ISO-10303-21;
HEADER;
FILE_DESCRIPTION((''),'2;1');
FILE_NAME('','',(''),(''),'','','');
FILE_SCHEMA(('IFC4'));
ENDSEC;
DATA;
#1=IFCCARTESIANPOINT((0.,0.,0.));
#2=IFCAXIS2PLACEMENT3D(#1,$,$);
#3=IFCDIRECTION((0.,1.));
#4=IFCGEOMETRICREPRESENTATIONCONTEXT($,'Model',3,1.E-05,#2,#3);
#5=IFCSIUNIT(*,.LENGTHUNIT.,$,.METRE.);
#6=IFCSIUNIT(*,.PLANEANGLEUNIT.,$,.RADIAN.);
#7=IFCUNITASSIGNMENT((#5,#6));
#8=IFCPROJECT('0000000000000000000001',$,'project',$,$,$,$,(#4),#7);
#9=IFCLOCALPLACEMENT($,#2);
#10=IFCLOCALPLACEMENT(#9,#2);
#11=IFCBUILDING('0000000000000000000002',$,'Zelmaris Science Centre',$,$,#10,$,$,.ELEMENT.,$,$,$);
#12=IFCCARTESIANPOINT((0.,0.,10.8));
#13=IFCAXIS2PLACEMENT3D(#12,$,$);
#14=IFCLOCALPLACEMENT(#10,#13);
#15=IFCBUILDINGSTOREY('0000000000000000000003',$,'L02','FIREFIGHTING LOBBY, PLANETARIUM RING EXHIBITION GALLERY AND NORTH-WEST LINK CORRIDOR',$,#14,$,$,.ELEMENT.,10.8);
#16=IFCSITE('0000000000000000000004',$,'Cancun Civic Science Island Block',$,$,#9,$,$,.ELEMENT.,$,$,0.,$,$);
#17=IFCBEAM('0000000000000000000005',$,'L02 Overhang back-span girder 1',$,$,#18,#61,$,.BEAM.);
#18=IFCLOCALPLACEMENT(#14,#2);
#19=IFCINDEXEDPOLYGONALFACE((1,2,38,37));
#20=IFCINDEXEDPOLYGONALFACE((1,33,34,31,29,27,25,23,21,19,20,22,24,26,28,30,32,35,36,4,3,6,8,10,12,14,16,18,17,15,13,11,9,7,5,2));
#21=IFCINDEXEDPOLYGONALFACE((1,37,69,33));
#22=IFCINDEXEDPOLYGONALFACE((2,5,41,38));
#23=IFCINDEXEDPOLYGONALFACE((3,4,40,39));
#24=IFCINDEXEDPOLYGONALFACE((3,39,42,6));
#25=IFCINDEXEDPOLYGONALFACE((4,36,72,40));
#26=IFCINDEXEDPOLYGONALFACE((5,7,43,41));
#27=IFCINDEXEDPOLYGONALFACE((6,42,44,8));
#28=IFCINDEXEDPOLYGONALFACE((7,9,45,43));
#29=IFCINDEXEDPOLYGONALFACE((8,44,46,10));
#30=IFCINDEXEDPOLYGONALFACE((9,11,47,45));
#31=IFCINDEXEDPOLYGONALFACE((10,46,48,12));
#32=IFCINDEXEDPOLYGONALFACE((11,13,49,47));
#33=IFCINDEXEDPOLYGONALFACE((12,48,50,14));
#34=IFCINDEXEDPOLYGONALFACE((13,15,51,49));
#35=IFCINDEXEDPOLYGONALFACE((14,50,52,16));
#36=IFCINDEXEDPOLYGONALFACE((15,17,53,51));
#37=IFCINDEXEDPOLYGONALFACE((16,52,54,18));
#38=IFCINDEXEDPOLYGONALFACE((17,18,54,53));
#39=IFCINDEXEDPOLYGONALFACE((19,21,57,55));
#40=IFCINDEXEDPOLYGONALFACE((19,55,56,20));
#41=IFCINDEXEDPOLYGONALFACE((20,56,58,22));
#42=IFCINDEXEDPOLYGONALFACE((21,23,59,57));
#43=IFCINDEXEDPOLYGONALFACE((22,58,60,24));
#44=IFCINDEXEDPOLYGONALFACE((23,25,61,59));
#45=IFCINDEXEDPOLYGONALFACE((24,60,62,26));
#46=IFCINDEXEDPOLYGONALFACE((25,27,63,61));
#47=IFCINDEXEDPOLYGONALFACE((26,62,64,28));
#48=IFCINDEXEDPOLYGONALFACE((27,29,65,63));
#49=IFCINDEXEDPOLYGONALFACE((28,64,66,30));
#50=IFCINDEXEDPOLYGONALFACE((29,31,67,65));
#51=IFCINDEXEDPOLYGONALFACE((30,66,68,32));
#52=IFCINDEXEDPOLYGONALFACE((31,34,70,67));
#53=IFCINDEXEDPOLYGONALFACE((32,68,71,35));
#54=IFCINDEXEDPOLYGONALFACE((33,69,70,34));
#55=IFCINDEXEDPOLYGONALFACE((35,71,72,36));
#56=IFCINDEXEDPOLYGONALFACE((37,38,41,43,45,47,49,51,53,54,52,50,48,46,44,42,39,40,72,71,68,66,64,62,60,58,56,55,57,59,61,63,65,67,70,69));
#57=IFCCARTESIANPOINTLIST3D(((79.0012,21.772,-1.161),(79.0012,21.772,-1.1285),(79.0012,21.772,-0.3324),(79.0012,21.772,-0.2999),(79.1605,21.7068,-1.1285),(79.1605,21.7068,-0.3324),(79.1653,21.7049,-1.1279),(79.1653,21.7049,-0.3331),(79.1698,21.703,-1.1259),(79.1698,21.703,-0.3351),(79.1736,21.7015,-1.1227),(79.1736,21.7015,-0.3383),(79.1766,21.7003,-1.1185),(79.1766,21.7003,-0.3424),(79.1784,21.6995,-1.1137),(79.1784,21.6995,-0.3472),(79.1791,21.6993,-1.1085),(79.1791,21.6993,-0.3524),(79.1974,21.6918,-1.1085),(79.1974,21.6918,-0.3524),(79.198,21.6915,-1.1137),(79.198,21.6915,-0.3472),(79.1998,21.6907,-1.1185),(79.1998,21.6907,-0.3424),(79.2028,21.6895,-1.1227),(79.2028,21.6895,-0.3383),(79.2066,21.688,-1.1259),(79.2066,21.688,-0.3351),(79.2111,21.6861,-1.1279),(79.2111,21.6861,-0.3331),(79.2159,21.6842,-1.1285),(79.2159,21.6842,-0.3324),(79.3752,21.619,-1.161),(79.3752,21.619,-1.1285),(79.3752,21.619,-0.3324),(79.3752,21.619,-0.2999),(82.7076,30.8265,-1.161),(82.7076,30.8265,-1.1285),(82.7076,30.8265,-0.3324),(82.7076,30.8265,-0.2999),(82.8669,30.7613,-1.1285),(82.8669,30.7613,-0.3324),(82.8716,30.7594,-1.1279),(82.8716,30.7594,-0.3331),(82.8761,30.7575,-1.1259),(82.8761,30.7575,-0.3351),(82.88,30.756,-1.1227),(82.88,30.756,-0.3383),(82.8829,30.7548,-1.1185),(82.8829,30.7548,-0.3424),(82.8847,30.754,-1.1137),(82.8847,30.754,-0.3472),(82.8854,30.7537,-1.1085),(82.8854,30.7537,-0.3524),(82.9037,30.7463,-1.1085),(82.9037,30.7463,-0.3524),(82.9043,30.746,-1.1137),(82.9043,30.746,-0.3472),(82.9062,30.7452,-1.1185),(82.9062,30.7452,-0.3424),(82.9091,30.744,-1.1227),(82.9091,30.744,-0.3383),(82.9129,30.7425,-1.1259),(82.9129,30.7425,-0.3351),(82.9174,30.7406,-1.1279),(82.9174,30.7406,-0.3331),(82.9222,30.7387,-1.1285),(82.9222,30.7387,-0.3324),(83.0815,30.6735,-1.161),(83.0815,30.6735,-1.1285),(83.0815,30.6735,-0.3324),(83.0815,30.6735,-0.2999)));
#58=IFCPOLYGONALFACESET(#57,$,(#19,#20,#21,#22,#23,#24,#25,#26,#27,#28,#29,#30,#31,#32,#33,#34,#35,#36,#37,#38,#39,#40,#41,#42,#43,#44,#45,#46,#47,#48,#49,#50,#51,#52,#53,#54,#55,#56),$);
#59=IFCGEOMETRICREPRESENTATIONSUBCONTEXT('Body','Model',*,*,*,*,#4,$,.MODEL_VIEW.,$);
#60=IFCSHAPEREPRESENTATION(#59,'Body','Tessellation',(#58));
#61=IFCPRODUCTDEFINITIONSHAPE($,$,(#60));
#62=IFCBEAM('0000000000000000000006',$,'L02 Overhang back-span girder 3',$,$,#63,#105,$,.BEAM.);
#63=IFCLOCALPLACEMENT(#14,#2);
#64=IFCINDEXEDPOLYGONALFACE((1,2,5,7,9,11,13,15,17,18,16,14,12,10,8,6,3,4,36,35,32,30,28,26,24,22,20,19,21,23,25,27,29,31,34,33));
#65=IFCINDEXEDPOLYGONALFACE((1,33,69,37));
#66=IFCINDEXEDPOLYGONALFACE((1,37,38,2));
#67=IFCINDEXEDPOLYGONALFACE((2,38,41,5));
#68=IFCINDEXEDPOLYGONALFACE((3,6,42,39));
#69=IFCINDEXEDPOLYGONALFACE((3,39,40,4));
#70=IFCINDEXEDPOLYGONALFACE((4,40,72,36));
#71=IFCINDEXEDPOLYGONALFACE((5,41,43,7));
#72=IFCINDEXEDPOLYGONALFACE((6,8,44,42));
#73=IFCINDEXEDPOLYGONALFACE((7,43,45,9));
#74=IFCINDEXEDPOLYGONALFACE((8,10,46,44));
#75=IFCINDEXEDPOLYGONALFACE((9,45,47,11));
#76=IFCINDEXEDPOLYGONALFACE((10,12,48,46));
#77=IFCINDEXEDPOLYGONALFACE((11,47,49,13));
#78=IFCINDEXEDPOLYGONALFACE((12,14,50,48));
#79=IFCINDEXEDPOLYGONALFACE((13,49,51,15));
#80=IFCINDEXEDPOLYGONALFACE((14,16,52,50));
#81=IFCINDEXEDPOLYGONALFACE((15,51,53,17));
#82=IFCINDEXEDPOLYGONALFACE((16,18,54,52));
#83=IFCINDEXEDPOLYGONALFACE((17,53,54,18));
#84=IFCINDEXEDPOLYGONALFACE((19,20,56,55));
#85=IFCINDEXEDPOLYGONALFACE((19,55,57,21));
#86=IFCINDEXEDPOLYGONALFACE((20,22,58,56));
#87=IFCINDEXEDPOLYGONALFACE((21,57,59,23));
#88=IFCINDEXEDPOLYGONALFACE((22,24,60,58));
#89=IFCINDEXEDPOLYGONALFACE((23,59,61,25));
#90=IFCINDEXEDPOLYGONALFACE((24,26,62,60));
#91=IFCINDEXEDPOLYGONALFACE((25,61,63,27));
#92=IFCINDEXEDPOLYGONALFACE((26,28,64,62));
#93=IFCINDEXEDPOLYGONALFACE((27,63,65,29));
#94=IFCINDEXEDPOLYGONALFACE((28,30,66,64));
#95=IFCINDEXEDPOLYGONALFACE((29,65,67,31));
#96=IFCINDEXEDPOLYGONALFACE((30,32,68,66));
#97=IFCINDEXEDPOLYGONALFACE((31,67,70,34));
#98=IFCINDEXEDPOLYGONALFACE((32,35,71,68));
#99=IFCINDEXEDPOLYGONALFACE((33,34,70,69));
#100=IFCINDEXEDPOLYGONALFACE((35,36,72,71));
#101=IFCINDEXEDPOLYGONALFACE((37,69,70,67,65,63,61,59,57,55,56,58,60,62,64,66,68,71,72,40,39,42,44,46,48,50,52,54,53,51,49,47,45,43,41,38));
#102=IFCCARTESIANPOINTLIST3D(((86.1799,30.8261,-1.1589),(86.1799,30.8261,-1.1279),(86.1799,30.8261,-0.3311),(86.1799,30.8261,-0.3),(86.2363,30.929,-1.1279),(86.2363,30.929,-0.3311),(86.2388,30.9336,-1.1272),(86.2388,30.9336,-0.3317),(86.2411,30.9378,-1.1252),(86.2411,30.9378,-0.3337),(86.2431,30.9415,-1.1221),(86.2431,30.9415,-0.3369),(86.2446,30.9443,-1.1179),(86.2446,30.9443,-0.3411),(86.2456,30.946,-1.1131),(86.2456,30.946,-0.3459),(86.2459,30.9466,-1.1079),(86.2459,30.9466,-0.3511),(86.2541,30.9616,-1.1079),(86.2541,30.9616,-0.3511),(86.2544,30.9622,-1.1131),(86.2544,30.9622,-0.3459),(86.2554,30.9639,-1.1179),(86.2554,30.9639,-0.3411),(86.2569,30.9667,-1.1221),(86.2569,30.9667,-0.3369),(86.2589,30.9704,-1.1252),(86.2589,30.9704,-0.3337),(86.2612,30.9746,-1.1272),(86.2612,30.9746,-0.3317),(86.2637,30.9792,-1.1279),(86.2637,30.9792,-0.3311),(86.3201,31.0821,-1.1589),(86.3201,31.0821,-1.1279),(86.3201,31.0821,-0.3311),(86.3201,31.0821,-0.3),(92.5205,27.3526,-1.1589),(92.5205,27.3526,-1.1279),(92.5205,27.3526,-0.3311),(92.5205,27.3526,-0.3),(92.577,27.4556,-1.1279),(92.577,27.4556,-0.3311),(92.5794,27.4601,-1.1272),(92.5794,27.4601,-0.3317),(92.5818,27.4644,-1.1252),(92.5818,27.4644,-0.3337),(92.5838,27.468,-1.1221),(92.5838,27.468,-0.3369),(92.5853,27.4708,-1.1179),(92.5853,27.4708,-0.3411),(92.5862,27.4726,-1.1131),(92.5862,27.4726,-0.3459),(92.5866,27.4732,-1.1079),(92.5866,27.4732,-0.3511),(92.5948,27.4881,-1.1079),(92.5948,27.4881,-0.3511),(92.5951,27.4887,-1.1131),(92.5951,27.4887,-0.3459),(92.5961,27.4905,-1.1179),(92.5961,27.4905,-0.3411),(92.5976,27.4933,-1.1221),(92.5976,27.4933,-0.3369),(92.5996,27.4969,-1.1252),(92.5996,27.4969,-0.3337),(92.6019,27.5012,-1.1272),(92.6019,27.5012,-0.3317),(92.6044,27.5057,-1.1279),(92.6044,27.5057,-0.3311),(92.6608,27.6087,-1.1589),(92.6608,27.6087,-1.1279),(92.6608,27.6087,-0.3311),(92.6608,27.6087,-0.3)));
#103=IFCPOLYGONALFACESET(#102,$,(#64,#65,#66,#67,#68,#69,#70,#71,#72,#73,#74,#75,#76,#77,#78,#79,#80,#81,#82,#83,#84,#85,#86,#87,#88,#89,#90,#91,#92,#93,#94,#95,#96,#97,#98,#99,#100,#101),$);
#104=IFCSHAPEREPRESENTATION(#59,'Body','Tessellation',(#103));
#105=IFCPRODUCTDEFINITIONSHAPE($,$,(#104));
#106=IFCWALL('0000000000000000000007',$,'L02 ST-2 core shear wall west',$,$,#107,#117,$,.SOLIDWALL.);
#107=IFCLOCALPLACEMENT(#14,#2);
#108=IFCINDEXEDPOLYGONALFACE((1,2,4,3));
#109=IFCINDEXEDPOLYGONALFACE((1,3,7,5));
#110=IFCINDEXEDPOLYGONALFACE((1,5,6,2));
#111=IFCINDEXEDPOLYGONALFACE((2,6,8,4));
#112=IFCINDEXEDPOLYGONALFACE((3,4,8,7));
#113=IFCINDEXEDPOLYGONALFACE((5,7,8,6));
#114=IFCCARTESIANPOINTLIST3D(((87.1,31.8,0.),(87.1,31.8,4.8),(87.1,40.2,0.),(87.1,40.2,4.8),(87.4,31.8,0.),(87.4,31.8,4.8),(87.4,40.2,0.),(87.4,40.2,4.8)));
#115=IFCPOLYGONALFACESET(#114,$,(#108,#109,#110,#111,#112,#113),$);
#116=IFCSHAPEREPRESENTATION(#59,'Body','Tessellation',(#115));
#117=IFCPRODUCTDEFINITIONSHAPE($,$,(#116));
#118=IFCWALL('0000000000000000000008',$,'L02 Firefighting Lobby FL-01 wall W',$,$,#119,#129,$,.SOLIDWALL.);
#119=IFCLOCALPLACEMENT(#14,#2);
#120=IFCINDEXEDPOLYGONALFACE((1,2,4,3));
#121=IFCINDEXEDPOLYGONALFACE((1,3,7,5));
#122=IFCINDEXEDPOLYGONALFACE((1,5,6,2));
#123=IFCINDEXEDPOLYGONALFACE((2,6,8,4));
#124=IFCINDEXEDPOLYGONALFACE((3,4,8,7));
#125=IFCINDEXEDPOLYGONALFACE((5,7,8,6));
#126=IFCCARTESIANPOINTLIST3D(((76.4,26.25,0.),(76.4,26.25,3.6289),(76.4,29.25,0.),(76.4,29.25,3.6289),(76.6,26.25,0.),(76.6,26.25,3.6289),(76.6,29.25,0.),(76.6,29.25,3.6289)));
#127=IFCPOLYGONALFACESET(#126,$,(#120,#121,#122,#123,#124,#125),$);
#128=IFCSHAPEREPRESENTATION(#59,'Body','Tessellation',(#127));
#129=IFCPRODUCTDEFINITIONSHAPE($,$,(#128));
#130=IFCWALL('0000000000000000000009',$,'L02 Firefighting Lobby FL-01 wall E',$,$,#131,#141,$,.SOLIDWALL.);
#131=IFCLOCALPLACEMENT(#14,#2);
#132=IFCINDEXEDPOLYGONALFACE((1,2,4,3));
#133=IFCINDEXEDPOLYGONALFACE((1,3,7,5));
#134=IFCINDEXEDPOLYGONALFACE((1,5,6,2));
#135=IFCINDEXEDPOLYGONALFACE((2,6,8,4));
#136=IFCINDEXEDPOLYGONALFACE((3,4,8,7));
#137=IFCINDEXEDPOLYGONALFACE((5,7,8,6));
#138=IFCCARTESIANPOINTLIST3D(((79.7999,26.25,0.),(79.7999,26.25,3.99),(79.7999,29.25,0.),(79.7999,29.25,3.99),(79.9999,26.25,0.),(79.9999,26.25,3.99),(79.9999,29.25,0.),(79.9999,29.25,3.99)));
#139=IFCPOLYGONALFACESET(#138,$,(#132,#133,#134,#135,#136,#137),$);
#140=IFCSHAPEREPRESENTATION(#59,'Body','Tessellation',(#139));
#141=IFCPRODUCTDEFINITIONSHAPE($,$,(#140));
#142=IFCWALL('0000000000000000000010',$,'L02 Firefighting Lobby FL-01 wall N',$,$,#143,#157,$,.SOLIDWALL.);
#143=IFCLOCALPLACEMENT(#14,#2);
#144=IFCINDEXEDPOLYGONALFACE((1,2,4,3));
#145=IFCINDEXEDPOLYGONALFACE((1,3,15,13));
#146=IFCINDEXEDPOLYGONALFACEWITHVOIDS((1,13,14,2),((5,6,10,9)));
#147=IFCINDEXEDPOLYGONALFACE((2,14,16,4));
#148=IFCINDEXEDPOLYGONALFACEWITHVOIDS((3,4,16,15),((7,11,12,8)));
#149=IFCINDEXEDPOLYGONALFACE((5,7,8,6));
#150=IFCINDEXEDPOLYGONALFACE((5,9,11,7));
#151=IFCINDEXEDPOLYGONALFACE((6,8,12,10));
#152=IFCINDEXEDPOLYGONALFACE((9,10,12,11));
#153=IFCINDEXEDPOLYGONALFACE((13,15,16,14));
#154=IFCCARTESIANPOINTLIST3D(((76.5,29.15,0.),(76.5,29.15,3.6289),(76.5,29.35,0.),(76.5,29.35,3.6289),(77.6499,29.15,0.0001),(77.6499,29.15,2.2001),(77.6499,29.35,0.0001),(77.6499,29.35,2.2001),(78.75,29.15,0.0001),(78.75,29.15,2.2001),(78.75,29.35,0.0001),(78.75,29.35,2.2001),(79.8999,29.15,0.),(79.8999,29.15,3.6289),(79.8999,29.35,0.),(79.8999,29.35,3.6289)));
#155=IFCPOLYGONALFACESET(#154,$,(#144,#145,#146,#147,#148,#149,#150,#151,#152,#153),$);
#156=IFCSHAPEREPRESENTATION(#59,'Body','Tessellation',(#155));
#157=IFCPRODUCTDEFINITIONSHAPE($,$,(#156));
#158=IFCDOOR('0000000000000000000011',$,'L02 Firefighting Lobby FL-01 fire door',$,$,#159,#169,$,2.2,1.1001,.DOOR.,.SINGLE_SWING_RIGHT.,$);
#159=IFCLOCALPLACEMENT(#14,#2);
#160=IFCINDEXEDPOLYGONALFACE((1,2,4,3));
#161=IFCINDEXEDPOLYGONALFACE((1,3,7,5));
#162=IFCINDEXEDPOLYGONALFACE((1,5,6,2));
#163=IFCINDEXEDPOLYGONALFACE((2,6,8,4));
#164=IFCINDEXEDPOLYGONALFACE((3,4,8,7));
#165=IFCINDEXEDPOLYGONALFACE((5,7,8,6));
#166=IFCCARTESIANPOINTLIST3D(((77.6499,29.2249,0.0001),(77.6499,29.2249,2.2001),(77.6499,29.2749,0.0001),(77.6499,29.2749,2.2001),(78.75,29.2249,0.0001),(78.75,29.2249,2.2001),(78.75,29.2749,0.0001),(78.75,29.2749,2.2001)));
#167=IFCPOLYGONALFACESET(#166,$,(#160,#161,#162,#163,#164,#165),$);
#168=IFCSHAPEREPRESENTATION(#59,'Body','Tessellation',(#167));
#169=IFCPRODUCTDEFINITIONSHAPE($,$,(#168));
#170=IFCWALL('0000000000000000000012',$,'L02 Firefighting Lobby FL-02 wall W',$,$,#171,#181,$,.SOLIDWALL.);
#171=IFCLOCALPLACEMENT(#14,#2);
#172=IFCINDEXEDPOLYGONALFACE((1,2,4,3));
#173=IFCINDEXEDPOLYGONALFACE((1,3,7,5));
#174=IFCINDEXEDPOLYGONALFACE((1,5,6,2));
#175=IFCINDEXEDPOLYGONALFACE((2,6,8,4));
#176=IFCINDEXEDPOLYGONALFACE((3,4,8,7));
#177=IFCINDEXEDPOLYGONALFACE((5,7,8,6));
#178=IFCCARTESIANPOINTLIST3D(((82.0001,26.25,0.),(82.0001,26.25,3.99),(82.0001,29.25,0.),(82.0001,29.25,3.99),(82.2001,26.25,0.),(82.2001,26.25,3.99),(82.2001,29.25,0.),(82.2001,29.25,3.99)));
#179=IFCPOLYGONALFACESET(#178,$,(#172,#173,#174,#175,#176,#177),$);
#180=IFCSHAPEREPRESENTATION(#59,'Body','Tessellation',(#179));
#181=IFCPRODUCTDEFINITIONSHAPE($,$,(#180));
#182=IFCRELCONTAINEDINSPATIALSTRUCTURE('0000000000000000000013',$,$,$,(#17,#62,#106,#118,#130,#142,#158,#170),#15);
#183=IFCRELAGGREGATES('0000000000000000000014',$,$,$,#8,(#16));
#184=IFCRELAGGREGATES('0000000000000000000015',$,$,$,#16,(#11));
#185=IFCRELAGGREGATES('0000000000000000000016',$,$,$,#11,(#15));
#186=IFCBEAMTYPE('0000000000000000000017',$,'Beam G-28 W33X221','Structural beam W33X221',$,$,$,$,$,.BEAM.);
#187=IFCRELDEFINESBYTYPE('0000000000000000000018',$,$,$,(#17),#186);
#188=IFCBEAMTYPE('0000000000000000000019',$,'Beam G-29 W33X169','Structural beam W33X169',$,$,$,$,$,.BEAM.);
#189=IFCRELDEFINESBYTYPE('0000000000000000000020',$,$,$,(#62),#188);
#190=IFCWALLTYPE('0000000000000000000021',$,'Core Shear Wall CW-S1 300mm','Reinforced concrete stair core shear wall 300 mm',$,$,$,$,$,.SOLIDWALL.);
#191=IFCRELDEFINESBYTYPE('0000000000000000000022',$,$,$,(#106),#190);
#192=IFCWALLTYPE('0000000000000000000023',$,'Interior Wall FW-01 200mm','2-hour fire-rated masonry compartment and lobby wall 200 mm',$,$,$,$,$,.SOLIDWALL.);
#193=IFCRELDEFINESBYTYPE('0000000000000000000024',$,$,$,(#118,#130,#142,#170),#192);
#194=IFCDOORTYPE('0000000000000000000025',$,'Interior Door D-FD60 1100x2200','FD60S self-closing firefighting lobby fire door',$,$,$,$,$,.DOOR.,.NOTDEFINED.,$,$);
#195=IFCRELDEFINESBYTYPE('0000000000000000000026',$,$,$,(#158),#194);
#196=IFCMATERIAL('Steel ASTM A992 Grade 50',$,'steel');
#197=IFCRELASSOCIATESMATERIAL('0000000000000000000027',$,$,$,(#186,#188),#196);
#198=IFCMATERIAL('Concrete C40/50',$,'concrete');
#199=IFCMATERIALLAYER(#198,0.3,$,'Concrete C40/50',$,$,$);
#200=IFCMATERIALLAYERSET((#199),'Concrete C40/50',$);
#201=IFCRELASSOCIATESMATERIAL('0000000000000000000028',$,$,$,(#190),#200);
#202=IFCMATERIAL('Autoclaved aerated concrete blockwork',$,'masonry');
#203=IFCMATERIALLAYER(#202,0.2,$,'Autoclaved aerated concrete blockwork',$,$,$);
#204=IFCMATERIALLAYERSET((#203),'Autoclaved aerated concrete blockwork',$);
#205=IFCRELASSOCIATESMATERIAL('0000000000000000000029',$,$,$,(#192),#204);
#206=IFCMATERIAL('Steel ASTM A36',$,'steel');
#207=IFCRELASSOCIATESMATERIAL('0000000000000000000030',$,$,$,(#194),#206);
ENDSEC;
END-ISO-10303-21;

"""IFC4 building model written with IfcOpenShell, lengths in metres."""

from ifc_helpers import new_model, si_unit, direction, frame, frame_2d, origin, origin_2d, place, context, subcontext, project, spatial, rectangle, i_section, extrude, material, layer, layer_set, material_profile, profile_set, type_object, element, fill, save


model = new_model("IFC4")

# Units and contexts
model_context = context("Model", 3, precision=1e-05, world=origin(), true_north=direction((0.0, 1.0)))
body_context = subcontext(model_context, "Body", "Model", "MODEL_VIEW")
ifc_project = project(units=[si_unit("LENGTHUNIT", "METRE"), si_unit("PLANEANGLEUNIT", "RADIAN")], contexts=[model_context])

# Site, building, storey
site_placement = place(None, origin())
site = spatial("IfcSite", under=ifc_project, at=site_placement, Name="Cancun Civic Science Island Block", CompositionType="ELEMENT", RefElevation=0.0)
building_placement = place(site_placement, origin())
building = spatial("IfcBuilding", under=site, at=building_placement, Name="Zelmaris Science Centre", CompositionType="ELEMENT")
storey_placement = place(building_placement, frame((0.0, 0.0, 10.8)))
storey = spatial("IfcBuildingStorey", under=building, at=storey_placement, Name="L02", Description="FIREFIGHTING LOBBY, PLANETARIUM RING EXHIBITION GALLERY AND NORTH-WEST LINK CORRIDOR", CompositionType="ELEMENT", Elevation=10.8)

# Beams
ifc_material_1 = material(Name="Steel ASTM A992 Grade 50", Category="steel")
ifc_material_profile_1 = material_profile(ifc_material_1, i_section(OverallWidth=0.4041, OverallDepth=0.8611, WebThickness=0.0198, FlangeThickness=0.0325, FilletRadius=0.02, at=origin_2d()), Name="W33X221")
ifc_profile_set_1 = profile_set([ifc_material_profile_1], Name="Steel ASTM A992 Grade 50")
beam_type_1 = type_object("IfcBeamType", Name="Beam G-28 W33X221", Description="Structural beam W33X221", PredefinedType="BEAM", material=ifc_profile_set_1)
beam_1_placement = place(storey_placement, frame((82.8945, 30.75, -0.7305), z_axis=(-0.378826, -0.925468, 0.0), x_axis=(0.925468, -0.378826, 0.0)))
element("IfcBeam", 1, at=beam_1_placement, inside=storey, type_object=beam_type_1, Name="L02 Overhang back-span girder 1", PredefinedType="BEAM", context=body_context, shape_type="SweptSolid", body=[
    extrude(i_section(OverallWidth=0.4041, OverallDepth=0.8611, WebThickness=0.0198, FlangeThickness=0.0325, FilletRadius=0.02, at=origin_2d()), origin(), (0.0, 0.0, 1.0), 9.7837),
])
ifc_material_profile_2 = material_profile(ifc_material_1, i_section(OverallWidth=0.292, OverallDepth=0.8589, WebThickness=0.0171, FlangeThickness=0.031, FilletRadius=0.02, at=origin_2d()), Name="W33X169")
ifc_profile_set_2 = profile_set([ifc_material_profile_2], Name="Steel ASTM A992 Grade 50")
beam_type_2 = type_object("IfcBeamType", Name="Beam G-29 W33X169", Description="Structural beam W33X169", PredefinedType="BEAM", material=ifc_profile_set_2)
beam_2_placement = place(storey_placement, frame((86.25, 30.9541, -0.7295), z_axis=(0.877028, -0.480439, 0.0), x_axis=(0.480439, 0.877028, 0.0)))
element("IfcBeam", 2, at=beam_2_placement, inside=storey, type_object=beam_type_2, Name="L02 Overhang back-span girder 3", PredefinedType="BEAM", context=body_context, shape_type="SweptSolid", body=[
    extrude(i_section(OverallWidth=0.292, OverallDepth=0.8589, WebThickness=0.0171, FlangeThickness=0.031, FilletRadius=0.02, at=origin_2d()), origin(), (0.0, 0.0, 1.0), 7.2297),
])

# Walls
ifc_material_2 = material(Name="Concrete C40/50", Category="concrete")
ifc_layer_1 = layer(ifc_material_2, 0.3, Name="Concrete C40/50")
ifc_layer_set_1 = layer_set([ifc_layer_1], Name="Concrete C40/50")
wall_type_1 = type_object("IfcWallType", Name="Core Shear Wall CW-S1 300mm", Description="Reinforced concrete stair core shear wall 300 mm", PredefinedType="SOLIDWALL", material=ifc_layer_set_1)
wall_1_placement = place(storey_placement, frame((87.25, 31.8, 0.0), z_axis=(0.0, 0.0, 1.0), x_axis=(0.0, 1.0, 0.0)))
element("IfcWall", 3, at=wall_1_placement, inside=storey, type_object=wall_type_1, Name="L02 ST-2 core shear wall west", PredefinedType="SOLIDWALL", context=body_context, shape_type="SweptSolid", body=[
    extrude(rectangle(XDim=8.3999, YDim=0.3, at=frame_2d((4.2, 0.0))), origin(), (0.0, 0.0, 1.0), 4.8),
])
ifc_material_3 = material(Name="Autoclaved aerated concrete blockwork", Category="masonry")
ifc_layer_2 = layer(ifc_material_3, 0.2, Name="Autoclaved aerated concrete blockwork")
ifc_layer_set_2 = layer_set([ifc_layer_2], Name="Autoclaved aerated concrete blockwork")
wall_type_2 = type_object("IfcWallType", Name="Interior Wall FW-01 200mm", Description="2-hour fire-rated masonry compartment and lobby wall 200 mm", PredefinedType="SOLIDWALL", material=ifc_layer_set_2)
wall_2_placement = place(storey_placement, frame((76.5, 26.25, 0.0), z_axis=(0.0, 0.0, 1.0), x_axis=(0.0, 1.0, 0.0)))
element("IfcWall", 4, at=wall_2_placement, inside=storey, type_object=wall_type_2, Name="L02 Firefighting Lobby FL-01 wall W", PredefinedType="SOLIDWALL", context=body_context, shape_type="SweptSolid", body=[
    extrude(rectangle(XDim=3.0, YDim=0.2, at=frame_2d((1.5, 0.0))), origin(), (0.0, 0.0, 1.0), 3.6289),
])
wall_3_placement = place(storey_placement, frame((79.8999, 26.25, 0.0), z_axis=(0.0, 0.0, 1.0), x_axis=(0.0, 1.0, 0.0)))
element("IfcWall", 5, at=wall_3_placement, inside=storey, type_object=wall_type_2, Name="L02 Firefighting Lobby FL-01 wall E", PredefinedType="SOLIDWALL", context=body_context, shape_type="SweptSolid", body=[
    extrude(rectangle(XDim=3.0, YDim=0.2, at=frame_2d((1.5, 0.0))), origin(), (0.0, 0.0, 1.0), 3.99),
])

# Wall, opening, door
wall_4_placement = place(storey_placement, frame((76.5, 29.25, 0.0), z_axis=(0.0, 0.0, 1.0), x_axis=(1.0, 0.0, 0.0)))
wall_4 = element("IfcWall", 6, at=wall_4_placement, inside=storey, type_object=wall_type_2, Name="L02 Firefighting Lobby FL-01 wall N", PredefinedType="SOLIDWALL", context=body_context, shape_type="SweptSolid", body=[
    extrude(rectangle(XDim=3.3999, YDim=0.2, at=frame_2d((1.7, 0.0))), origin(), (0.0, 0.0, 1.0), 3.6289),
])
opening_1_placement = place(wall_4_placement, frame((1.1499, 0.0, 0.0)))
opening_1 = element("IfcOpeningElement", 7, at=opening_1_placement, cuts=wall_4, PredefinedType="OPENING", context=body_context, shape_type="SweptSolid", body=[
    extrude(rectangle(XDim=1.1001, YDim=2.2, at=frame_2d((0.55, 1.1001))), frame((0.0, 0.1099, 0.0), z_axis=(0.0, -1.0, 0.0), x_axis=(1.0, 0.0, 0.0)), (0.0, 0.0, 1.0), 0.22),
])
ifc_material_4 = material(Name="Steel ASTM A36", Category="steel")
door_type = type_object("IfcDoorType", Name="Interior Door D-FD60 1100x2200", Description="FD60S self-closing firefighting lobby fire door", OperationType="NOTDEFINED", PredefinedType="DOOR", material=ifc_material_4)
door_1_placement = place(opening_1_placement, origin())
door_1 = element("IfcDoor", 8, at=door_1_placement, inside=storey, type_object=door_type, Name="L02 Firefighting Lobby FL-01 fire door", OperationType="SINGLE_SWING_RIGHT", OverallHeight=2.2, OverallWidth=1.1001, PredefinedType="DOOR", context=body_context, shape_type="SweptSolid", body=[
    extrude(rectangle(XDim=1.1001, YDim=2.2, at=frame_2d((0.55, 1.1001))), frame((0.0, 0.0249, 0.0), z_axis=(0.0, -1.0, 0.0), x_axis=(1.0, 0.0, 0.0)), (0.0, 0.0, 1.0), 0.05),
])
fill(opening_1, door_1)

# Wall
wall_5_placement = place(storey_placement, frame((82.1001, 26.25, 0.0), z_axis=(0.0, 0.0, 1.0), x_axis=(0.0, 1.0, 0.0)))
element("IfcWall", 9, at=wall_5_placement, inside=storey, type_object=wall_type_2, Name="L02 Firefighting Lobby FL-02 wall W", PredefinedType="SOLIDWALL", context=body_context, shape_type="SweptSolid", body=[
    extrude(rectangle(XDim=3.0, YDim=0.2, at=frame_2d((1.5, 0.0))), origin(), (0.0, 0.0, 1.0), 3.99),
])

save(model, "model.ifc")
